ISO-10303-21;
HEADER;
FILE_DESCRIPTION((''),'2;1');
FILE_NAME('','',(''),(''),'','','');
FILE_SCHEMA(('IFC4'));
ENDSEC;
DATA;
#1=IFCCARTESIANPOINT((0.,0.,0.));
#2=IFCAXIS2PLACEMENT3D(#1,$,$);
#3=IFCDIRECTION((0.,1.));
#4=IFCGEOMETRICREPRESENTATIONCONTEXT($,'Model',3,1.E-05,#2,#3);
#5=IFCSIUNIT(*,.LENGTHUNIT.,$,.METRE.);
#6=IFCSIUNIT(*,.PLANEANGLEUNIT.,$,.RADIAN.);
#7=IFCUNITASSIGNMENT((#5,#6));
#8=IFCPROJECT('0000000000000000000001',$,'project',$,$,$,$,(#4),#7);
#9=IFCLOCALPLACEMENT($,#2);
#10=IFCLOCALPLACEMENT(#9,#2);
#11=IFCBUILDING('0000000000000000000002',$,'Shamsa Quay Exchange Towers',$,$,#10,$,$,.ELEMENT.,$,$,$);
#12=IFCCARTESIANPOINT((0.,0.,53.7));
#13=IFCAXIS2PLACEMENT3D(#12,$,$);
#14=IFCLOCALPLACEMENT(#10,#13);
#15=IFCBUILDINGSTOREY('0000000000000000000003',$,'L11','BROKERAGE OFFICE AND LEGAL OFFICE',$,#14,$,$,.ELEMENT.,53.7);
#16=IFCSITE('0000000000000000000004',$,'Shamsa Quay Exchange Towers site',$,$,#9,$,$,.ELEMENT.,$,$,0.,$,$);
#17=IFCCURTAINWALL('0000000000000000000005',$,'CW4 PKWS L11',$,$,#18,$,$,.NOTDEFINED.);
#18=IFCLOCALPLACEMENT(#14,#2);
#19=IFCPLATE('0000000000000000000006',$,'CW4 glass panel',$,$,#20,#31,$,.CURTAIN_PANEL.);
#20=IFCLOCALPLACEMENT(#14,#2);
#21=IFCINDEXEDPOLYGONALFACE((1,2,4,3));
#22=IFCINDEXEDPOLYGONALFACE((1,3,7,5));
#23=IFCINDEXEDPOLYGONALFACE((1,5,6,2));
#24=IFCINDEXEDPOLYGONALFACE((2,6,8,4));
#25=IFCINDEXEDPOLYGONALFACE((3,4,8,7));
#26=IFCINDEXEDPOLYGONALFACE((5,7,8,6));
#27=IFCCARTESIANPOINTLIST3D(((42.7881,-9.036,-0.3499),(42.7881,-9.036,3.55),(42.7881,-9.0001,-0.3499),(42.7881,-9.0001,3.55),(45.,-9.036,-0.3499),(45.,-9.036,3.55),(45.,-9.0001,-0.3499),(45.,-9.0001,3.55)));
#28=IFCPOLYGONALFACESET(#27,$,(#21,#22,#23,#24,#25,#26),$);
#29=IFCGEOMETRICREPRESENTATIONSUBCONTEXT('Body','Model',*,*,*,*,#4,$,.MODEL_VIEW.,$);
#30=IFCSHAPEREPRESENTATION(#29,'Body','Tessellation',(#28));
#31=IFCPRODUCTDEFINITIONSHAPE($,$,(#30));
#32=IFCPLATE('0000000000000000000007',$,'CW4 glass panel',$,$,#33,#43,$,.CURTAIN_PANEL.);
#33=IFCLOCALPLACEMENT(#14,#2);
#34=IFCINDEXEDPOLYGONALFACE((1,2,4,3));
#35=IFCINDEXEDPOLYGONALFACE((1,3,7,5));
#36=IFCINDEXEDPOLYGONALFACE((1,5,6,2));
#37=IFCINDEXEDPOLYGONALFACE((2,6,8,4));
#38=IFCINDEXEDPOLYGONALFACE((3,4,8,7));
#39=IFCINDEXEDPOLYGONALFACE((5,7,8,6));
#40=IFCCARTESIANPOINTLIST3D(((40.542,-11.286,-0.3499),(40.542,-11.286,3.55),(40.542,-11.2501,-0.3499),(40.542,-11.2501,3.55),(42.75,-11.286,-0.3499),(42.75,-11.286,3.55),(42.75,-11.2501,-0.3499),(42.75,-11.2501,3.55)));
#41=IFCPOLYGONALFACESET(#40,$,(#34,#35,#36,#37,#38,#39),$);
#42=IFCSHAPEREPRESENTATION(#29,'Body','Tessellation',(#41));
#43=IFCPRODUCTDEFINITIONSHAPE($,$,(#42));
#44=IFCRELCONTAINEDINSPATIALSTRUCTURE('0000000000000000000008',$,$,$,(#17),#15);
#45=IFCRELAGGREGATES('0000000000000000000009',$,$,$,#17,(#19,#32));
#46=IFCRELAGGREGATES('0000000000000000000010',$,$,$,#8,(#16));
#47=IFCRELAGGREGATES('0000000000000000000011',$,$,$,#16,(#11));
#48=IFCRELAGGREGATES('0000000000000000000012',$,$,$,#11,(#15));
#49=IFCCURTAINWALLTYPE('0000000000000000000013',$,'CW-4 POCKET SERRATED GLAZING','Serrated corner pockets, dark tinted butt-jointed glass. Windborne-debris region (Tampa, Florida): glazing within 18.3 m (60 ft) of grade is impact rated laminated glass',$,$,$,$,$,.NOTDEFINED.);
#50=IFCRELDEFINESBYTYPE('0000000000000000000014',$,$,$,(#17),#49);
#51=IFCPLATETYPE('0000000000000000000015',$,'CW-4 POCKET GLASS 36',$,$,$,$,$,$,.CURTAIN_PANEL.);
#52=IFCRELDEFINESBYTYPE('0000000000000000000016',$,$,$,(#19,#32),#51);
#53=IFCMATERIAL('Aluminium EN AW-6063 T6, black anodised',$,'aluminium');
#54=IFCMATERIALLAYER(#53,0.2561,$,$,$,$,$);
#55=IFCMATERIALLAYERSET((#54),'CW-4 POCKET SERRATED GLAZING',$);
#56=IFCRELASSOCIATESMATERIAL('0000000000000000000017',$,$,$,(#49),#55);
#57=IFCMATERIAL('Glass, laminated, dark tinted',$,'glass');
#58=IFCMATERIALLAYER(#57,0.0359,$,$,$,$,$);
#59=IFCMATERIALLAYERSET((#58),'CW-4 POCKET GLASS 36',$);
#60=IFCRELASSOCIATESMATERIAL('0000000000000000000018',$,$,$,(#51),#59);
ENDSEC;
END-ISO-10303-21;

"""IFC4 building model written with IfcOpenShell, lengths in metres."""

from ifc_helpers import new_model, si_unit, direction, frame, origin, origin_2d, place, context, subcontext, project, spatial, rectangle, extrude, material, layer, layer_set, type_object, element, aggregate, save


model = new_model("IFC4")

# Units and contexts
model_context = context("Model", 3, precision=1e-05, world=origin(), true_north=direction((0.0, 1.0)))
body_context = subcontext(model_context, "Body", "Model", "MODEL_VIEW")
ifc_project = project(units=[si_unit("LENGTHUNIT", "METRE"), si_unit("PLANEANGLEUNIT", "RADIAN")], contexts=[model_context])

# Site, building, storey
site_placement = place(None, origin())
site = spatial("IfcSite", under=ifc_project, at=site_placement, Name="Shamsa Quay Exchange Towers site", CompositionType="ELEMENT", RefElevation=0.0)
building_placement = place(site_placement, origin())
building = spatial("IfcBuilding", under=site, at=building_placement, Name="Shamsa Quay Exchange Towers", CompositionType="ELEMENT")
storey_placement = place(building_placement, frame((0.0, 0.0, 53.7)))
storey = spatial("IfcBuildingStorey", under=building, at=storey_placement, Name="L11", Description="BROKERAGE OFFICE AND LEGAL OFFICE", CompositionType="ELEMENT", Elevation=53.7)

# Shared definitions
ifc_material_1 = material(Name="Aluminium EN AW-6063 T6, black anodised", Category="aluminium")

# Shared definitions
ifc_material_2 = material(Name="Glass, laminated, dark tinted", Category="glass")

# Curtain wall, plates
ifc_layer_1 = layer(ifc_material_1, 0.2561)
ifc_layer_set_1 = layer_set([ifc_layer_1], Name="CW-4 POCKET SERRATED GLAZING")
curtain_wall_type_1 = type_object("IfcCurtainWallType", Name="CW-4 POCKET SERRATED GLAZING", Description="Serrated corner pockets, dark tinted butt-jointed glass. Windborne-debris region (Tampa, Florida): glazing within 18.3 m (60 ft) of grade is impact rated laminated glass", PredefinedType="NOTDEFINED", material=ifc_layer_set_1)
curtain_wall_1_placement = place(storey_placement, origin())
curtain_wall_1 = element("IfcCurtainWall", 1, at=curtain_wall_1_placement, inside=storey, type_object=curtain_wall_type_1, Name="CW4 PKWS L11", PredefinedType="NOTDEFINED")
ifc_layer_2 = layer(ifc_material_2, 0.0359)
ifc_layer_set_2 = layer_set([ifc_layer_2], Name="CW-4 POCKET GLASS 36")
plate_type_1 = type_object("IfcPlateType", Name="CW-4 POCKET GLASS 36", PredefinedType="CURTAIN_PANEL", material=ifc_layer_set_2)
plate_1_placement = place(storey_placement, frame((43.894, -9.0181, -0.3499)))
plate_1 = element("IfcPlate", 2, at=plate_1_placement, type_object=plate_type_1, Name="CW4 glass panel", PredefinedType="CURTAIN_PANEL", context=body_context, shape_type="SweptSolid", body=[
    extrude(rectangle(XDim=2.2119, YDim=0.0359, at=origin_2d()), origin(), (0.0, 0.0, 1.0), 3.8999),
])
plate_2_placement = place(storey_placement, frame((41.646, -11.2681, -0.3499)))
plate_2 = element("IfcPlate", 3, at=plate_2_placement, type_object=plate_type_1, Name="CW4 glass panel", PredefinedType="CURTAIN_PANEL", context=body_context, shape_type="SweptSolid", body=[
    extrude(rectangle(XDim=2.208, YDim=0.0359, at=origin_2d()), origin(), (0.0, 0.0, 1.0), 3.8999),
])
aggregate(curtain_wall_1, [plate_1, plate_2])

save(model, "model.ifc")
